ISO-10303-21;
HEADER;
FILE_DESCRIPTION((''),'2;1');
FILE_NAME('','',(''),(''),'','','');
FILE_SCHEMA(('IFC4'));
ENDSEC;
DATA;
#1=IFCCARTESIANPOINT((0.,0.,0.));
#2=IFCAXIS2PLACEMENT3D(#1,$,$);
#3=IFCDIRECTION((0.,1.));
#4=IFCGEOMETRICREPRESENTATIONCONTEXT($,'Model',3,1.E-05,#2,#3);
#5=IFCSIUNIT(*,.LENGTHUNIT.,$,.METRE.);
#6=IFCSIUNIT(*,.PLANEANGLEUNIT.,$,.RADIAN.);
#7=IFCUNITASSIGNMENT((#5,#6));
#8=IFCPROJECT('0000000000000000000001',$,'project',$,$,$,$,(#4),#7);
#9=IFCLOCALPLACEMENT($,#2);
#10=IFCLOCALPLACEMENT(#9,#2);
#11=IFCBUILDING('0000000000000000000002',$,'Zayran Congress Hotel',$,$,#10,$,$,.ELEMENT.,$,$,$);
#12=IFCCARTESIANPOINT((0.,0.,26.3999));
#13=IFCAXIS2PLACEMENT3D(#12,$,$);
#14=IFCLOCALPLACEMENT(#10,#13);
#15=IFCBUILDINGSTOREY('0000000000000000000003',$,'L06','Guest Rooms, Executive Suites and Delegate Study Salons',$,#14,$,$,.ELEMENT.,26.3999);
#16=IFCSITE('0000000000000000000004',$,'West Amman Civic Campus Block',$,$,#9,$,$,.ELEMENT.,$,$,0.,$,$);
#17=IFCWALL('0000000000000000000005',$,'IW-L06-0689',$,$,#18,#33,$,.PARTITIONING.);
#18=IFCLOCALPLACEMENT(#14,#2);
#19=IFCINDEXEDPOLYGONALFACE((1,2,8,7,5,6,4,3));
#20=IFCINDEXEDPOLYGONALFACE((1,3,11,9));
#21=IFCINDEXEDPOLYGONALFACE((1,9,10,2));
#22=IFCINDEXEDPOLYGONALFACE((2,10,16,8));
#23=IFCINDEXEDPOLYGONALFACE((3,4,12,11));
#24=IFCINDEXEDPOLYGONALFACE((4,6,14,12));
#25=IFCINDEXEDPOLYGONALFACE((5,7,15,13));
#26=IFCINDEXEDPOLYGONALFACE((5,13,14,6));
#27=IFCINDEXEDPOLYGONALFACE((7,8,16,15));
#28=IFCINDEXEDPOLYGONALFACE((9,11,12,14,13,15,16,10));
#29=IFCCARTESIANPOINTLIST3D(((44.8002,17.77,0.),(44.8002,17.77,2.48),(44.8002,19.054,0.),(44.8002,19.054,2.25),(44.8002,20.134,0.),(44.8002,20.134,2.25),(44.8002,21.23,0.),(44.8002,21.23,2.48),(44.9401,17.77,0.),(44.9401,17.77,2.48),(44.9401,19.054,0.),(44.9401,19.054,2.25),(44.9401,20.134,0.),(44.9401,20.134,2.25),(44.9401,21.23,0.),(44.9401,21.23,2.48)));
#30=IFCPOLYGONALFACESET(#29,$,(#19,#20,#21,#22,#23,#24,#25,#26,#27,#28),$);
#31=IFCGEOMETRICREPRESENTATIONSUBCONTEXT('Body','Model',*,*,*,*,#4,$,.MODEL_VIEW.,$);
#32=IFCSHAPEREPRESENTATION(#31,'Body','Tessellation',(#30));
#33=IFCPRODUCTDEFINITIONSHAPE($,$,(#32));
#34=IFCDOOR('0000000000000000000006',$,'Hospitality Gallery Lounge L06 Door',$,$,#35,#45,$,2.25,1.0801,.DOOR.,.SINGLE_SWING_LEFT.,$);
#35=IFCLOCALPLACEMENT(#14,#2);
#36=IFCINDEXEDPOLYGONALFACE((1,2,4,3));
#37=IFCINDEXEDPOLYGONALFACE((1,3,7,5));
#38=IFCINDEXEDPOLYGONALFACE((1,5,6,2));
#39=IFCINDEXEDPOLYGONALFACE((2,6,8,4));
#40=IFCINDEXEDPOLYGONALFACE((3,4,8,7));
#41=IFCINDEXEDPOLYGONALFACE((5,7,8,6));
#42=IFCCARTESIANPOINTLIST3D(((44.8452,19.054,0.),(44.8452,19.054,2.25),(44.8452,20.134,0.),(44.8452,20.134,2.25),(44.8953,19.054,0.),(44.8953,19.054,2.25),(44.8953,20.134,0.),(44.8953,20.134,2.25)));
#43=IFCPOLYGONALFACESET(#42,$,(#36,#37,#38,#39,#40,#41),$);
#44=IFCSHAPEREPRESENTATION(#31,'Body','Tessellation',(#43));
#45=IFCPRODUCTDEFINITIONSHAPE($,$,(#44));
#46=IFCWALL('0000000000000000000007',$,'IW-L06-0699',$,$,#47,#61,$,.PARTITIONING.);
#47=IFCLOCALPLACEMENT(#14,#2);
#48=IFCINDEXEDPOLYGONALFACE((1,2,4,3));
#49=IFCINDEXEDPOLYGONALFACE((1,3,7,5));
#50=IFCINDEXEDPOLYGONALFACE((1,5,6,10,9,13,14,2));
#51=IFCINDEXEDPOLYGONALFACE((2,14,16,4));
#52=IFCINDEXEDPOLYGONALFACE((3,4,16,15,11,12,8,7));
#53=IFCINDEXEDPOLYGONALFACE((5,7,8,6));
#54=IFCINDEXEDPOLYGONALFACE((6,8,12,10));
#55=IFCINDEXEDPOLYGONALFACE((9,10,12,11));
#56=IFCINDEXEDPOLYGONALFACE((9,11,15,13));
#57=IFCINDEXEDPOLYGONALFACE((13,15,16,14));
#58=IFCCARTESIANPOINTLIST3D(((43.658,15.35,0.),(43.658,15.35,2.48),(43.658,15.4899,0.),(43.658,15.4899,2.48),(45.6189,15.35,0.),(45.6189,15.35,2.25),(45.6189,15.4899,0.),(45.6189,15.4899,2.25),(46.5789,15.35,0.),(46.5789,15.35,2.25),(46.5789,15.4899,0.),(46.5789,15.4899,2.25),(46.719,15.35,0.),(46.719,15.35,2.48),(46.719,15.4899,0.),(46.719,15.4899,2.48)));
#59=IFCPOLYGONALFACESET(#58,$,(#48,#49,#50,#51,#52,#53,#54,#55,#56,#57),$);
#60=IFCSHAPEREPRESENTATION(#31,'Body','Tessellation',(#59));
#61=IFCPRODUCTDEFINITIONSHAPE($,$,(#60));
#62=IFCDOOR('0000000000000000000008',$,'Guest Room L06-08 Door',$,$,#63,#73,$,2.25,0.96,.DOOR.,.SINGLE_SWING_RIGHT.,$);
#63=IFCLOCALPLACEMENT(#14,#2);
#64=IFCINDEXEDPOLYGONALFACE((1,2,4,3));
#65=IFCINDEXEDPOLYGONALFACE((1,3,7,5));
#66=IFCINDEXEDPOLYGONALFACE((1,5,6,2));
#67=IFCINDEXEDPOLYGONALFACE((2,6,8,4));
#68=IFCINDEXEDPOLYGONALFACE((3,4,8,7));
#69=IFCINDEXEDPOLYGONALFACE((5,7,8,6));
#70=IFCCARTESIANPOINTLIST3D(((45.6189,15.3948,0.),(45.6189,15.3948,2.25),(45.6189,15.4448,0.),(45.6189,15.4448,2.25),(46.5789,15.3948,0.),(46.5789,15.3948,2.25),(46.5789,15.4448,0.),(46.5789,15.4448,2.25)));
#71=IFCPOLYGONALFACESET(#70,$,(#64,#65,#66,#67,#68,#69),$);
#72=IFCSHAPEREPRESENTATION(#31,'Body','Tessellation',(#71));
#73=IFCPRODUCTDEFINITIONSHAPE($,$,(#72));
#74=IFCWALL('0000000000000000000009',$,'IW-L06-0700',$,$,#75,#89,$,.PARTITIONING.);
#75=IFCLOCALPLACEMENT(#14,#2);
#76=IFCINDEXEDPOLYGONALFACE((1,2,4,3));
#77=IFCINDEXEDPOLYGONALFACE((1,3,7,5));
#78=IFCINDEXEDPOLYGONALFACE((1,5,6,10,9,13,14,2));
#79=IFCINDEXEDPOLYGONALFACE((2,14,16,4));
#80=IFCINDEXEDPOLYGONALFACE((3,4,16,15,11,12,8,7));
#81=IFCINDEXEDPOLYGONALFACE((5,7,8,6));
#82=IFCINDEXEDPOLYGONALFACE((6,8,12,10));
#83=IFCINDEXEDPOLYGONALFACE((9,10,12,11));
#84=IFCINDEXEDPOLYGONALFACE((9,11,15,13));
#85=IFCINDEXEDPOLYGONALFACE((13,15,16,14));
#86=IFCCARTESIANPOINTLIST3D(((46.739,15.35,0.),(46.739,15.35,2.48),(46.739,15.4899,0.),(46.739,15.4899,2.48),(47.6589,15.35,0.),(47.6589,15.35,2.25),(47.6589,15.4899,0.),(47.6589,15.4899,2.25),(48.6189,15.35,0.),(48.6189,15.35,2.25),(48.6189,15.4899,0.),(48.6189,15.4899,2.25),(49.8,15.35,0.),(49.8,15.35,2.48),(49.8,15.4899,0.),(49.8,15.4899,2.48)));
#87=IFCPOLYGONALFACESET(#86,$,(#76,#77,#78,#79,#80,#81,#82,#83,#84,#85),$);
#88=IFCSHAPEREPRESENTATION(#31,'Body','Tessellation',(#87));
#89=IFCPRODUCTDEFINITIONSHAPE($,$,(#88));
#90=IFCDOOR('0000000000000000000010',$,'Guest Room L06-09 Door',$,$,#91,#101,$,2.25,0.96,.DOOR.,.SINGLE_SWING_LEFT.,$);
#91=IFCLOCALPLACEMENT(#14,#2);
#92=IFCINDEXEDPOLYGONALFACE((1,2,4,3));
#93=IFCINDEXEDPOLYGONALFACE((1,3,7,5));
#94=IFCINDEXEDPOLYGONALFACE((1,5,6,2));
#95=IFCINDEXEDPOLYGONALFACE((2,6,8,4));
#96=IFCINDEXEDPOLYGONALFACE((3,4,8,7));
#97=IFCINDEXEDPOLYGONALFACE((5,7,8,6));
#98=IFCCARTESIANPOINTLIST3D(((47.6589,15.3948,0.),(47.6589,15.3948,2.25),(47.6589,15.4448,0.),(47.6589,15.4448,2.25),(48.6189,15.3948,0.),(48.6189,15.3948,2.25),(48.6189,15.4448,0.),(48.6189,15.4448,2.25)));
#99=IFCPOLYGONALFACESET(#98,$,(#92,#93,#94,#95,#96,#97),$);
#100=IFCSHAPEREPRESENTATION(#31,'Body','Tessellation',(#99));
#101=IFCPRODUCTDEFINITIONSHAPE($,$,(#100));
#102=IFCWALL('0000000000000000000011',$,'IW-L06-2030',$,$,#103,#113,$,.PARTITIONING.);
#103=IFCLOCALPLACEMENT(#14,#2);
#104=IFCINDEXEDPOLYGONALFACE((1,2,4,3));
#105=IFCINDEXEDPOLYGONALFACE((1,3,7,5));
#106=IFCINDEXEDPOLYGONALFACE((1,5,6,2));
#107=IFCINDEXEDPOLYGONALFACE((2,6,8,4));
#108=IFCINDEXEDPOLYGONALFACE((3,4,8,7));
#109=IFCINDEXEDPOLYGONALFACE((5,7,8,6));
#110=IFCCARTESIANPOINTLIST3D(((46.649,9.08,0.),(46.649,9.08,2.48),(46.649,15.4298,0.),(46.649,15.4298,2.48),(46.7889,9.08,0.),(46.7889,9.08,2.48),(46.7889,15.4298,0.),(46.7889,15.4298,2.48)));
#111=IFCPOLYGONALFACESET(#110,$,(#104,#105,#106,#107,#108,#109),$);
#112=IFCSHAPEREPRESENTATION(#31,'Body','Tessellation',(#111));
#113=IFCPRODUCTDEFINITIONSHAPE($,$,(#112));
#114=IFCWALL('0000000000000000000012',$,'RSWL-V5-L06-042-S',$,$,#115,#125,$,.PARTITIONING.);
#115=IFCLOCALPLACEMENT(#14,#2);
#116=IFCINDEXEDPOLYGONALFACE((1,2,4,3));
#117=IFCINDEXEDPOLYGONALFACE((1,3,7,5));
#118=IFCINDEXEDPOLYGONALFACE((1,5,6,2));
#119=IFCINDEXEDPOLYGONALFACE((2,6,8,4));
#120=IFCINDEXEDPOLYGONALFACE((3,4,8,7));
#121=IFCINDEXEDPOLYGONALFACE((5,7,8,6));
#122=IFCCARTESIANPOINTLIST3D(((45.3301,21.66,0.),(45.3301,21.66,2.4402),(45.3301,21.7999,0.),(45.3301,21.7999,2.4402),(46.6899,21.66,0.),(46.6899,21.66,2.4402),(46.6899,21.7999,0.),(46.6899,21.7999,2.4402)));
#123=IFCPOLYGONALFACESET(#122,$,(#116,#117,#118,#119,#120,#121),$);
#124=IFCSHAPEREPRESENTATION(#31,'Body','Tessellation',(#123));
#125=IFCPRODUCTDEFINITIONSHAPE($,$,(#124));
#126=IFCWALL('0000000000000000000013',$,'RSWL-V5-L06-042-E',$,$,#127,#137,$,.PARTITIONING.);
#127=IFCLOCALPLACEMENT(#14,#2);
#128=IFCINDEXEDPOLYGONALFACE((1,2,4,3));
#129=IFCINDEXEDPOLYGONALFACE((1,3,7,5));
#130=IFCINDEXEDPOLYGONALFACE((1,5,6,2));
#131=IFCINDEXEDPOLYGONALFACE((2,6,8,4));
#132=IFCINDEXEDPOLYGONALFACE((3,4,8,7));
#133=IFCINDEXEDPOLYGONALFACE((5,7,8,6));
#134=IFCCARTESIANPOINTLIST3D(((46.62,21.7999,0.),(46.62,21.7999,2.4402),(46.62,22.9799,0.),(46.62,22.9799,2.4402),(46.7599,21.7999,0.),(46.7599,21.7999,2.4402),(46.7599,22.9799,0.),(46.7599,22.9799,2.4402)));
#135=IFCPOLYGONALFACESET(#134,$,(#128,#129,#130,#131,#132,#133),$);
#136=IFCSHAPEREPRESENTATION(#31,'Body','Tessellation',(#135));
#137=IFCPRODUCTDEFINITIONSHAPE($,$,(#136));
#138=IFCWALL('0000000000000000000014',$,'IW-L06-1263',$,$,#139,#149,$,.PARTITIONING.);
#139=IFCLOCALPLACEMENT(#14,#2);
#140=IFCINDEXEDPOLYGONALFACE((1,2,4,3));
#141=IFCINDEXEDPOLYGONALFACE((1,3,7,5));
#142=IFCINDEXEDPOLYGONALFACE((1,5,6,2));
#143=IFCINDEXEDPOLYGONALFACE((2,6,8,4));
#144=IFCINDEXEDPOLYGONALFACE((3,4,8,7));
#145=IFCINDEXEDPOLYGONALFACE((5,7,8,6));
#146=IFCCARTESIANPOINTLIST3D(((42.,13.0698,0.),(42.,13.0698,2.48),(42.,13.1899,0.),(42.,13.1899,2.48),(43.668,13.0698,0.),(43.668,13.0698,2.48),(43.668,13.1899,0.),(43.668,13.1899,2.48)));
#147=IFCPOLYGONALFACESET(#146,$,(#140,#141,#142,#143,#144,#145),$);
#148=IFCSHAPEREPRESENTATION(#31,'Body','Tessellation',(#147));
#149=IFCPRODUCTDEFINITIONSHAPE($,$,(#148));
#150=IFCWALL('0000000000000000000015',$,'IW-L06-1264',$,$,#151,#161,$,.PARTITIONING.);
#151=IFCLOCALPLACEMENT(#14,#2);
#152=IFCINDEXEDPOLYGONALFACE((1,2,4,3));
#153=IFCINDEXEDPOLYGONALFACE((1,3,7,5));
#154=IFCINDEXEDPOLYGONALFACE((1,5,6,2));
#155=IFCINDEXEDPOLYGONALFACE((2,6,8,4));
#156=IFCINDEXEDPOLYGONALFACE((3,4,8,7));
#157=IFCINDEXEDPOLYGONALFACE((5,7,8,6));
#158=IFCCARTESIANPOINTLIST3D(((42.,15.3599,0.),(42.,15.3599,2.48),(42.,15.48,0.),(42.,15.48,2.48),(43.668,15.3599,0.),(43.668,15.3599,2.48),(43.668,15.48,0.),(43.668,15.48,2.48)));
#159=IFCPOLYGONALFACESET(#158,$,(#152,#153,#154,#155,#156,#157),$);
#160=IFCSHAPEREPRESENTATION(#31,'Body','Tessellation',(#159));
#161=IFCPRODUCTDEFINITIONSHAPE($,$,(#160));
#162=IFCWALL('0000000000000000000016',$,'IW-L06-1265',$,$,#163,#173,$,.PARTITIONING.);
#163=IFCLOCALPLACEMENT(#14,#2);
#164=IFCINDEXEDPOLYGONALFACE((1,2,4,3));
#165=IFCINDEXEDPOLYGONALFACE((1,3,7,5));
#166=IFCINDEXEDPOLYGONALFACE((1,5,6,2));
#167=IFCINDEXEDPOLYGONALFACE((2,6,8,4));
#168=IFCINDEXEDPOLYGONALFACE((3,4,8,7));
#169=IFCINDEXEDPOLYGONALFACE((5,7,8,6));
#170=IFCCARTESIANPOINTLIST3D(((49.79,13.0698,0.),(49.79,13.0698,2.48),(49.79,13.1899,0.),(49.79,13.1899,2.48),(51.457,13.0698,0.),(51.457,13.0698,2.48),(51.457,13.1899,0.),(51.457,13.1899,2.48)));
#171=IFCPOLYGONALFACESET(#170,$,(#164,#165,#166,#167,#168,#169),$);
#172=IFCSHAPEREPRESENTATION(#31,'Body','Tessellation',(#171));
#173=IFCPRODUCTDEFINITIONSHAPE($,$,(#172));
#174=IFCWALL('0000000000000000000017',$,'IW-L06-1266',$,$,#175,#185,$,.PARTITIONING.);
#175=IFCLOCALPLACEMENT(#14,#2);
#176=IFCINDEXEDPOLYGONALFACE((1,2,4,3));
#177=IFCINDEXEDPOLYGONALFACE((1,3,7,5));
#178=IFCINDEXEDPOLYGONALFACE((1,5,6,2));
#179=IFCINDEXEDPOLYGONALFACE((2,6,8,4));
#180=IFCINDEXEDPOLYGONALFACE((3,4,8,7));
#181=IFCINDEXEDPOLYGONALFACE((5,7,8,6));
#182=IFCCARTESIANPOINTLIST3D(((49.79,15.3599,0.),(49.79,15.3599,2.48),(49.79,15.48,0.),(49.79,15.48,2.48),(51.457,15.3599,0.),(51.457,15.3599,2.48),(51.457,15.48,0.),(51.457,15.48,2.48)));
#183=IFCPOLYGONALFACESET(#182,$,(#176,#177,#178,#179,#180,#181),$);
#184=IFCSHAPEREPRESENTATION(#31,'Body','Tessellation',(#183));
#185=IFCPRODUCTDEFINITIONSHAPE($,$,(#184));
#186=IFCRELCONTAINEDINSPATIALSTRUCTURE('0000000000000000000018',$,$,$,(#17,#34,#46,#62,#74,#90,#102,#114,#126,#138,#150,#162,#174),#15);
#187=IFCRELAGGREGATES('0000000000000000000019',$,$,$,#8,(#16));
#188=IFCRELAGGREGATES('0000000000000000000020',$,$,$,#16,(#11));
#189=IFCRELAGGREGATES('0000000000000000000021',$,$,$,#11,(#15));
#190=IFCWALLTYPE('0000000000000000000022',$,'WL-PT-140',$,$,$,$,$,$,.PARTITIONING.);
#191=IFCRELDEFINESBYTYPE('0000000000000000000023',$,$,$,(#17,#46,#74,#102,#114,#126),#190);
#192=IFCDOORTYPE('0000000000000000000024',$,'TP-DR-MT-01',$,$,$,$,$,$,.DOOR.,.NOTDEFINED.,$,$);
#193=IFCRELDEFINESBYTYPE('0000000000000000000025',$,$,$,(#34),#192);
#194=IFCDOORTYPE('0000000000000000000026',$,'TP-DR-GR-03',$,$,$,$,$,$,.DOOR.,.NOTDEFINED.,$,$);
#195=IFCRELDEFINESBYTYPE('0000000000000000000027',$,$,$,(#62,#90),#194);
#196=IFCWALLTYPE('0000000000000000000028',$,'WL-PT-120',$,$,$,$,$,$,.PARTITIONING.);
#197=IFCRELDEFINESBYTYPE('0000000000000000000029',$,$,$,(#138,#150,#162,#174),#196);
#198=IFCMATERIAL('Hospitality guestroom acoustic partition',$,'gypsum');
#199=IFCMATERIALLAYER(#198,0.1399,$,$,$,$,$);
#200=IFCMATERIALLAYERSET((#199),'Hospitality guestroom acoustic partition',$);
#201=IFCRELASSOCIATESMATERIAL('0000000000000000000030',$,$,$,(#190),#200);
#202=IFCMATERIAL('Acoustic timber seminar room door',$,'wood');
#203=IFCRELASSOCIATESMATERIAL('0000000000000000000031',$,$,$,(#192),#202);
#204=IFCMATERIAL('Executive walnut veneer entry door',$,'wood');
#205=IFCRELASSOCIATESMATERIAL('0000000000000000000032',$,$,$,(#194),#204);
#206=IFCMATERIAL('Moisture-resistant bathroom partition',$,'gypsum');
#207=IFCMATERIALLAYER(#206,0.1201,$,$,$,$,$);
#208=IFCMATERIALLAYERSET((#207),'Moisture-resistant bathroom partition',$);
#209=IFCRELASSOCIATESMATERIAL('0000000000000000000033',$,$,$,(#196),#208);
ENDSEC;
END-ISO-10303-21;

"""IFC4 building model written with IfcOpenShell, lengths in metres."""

from ifc_helpers import new_model, si_unit, direction, frame, frame_2d, origin, place, context, subcontext, project, spatial, rectangle, extrude, material, layer, layer_set, type_object, element, fill, save


model = new_model("IFC4")

# Units and contexts
model_context = context("Model", 3, precision=1e-05, world=origin(), true_north=direction((0.0, 1.0)))
body_context = subcontext(model_context, "Body", "Model", "MODEL_VIEW")
ifc_project = project(units=[si_unit("LENGTHUNIT", "METRE"), si_unit("PLANEANGLEUNIT", "RADIAN")], contexts=[model_context])

# Site, building, storey
site_placement = place(None, origin())
site = spatial("IfcSite", under=ifc_project, at=site_placement, Name="West Amman Civic Campus Block", CompositionType="ELEMENT", RefElevation=0.0)
building_placement = place(site_placement, origin())
building = spatial("IfcBuilding", under=site, at=building_placement, Name="Zayran Congress Hotel", CompositionType="ELEMENT")
storey_placement = place(building_placement, frame((0.0, 0.0, 26.3999)))
storey = spatial("IfcBuildingStorey", under=building, at=storey_placement, Name="L06", Description="Guest Rooms, Executive Suites and Delegate Study Salons", CompositionType="ELEMENT", Elevation=26.3999)

# Walls, openings, doors
ifc_material_1 = material(Name="Hospitality guestroom acoustic partition", Category="gypsum")
ifc_layer_1 = layer(ifc_material_1, 0.1399)
ifc_layer_set_1 = layer_set([ifc_layer_1], Name="Hospitality guestroom acoustic partition")
wall_type_1 = type_object("IfcWallType", Name="WL-PT-140", PredefinedType="PARTITIONING", material=ifc_layer_set_1)
wall_1_placement = place(storey_placement, frame((44.8701, 17.77, 0.0), z_axis=(0.0, 0.0, 1.0), x_axis=(0.0, 1.0, 0.0)))
wall_1 = element("IfcWall", 1, at=wall_1_placement, inside=storey, type_object=wall_type_1, Name="IW-L06-0689", PredefinedType="PARTITIONING", context=body_context, shape_type="SweptSolid", body=[
    extrude(rectangle(XDim=3.46, YDim=0.1399, at=frame_2d((1.73, 0.0))), origin(), (0.0, 0.0, 1.0), 2.48),
])
opening_1_placement = place(wall_1_placement, frame((1.2839, 0.0, 0.0)))
opening_1 = element("IfcOpeningElement", 2, at=opening_1_placement, cuts=wall_1, PredefinedType="OPENING", context=body_context, shape_type="SweptSolid", body=[
    extrude(rectangle(XDim=1.0801, YDim=2.25, at=frame_2d((0.54, 1.125))), frame((0.0, 0.0798, 0.0), z_axis=(0.0, -1.0, 0.0), x_axis=(1.0, 0.0, 0.0)), (0.0, 0.0, 1.0), 0.1599),
])
ifc_material_2 = material(Name="Acoustic timber seminar room door", Category="wood")
door_type_1 = type_object("IfcDoorType", Name="TP-DR-MT-01", OperationType="NOTDEFINED", PredefinedType="DOOR", material=ifc_material_2)
door_1_placement = place(opening_1_placement, origin())
door_1 = element("IfcDoor", 3, at=door_1_placement, inside=storey, type_object=door_type_1, Name="Hospitality Gallery Lounge L06 Door", OperationType="SINGLE_SWING_LEFT", OverallHeight=2.25, OverallWidth=1.0801, PredefinedType="DOOR", context=body_context, shape_type="SweptSolid", body=[
    extrude(rectangle(XDim=1.0801, YDim=2.25, at=frame_2d((0.54, 1.125))), frame((0.0, 0.0249, 0.0), z_axis=(0.0, -1.0, 0.0), x_axis=(1.0, 0.0, 0.0)), (0.0, 0.0, 1.0), 0.05),
])
fill(opening_1, door_1)
wall_2_placement = place(storey_placement, frame((43.658, 15.4199, 0.0), z_axis=(0.0, 0.0, 1.0), x_axis=(1.0, 0.0, 0.0)))
wall_2 = element("IfcWall", 4, at=wall_2_placement, inside=storey, type_object=wall_type_1, Name="IW-L06-0699", PredefinedType="PARTITIONING", context=body_context, shape_type="SweptSolid", body=[
    extrude(rectangle(XDim=3.061, YDim=0.1399, at=frame_2d((1.5305, 0.0))), origin(), (0.0, 0.0, 1.0), 2.48),
])
opening_2_placement = place(wall_2_placement, frame((1.9609, 0.0, 0.0)))
opening_2 = element("IfcOpeningElement", 5, at=opening_2_placement, cuts=wall_2, PredefinedType="OPENING", context=body_context, shape_type="SweptSolid", body=[
    extrude(rectangle(XDim=0.96, YDim=2.25, at=frame_2d((0.48, 1.125))), frame((0.0, 0.0798, 0.0), z_axis=(0.0, -1.0, 0.0), x_axis=(1.0, 0.0, 0.0)), (0.0, 0.0, 1.0), 0.1599),
])
ifc_material_3 = material(Name="Executive walnut veneer entry door", Category="wood")
door_type_2 = type_object("IfcDoorType", Name="TP-DR-GR-03", OperationType="NOTDEFINED", PredefinedType="DOOR", material=ifc_material_3)
door_2_placement = place(opening_2_placement, origin())
door_2 = element("IfcDoor", 6, at=door_2_placement, inside=storey, type_object=door_type_2, Name="Guest Room L06-08 Door", OperationType="SINGLE_SWING_RIGHT", OverallHeight=2.25, OverallWidth=0.96, PredefinedType="DOOR", context=body_context, shape_type="SweptSolid", body=[
    extrude(rectangle(XDim=0.96, YDim=2.25, at=frame_2d((0.48, 1.125))), frame((0.0, 0.0249, 0.0), z_axis=(0.0, -1.0, 0.0), x_axis=(1.0, 0.0, 0.0)), (0.0, 0.0, 1.0), 0.05),
])
fill(opening_2, door_2)
wall_3_placement = place(storey_placement, frame((46.739, 15.4199, 0.0), z_axis=(0.0, 0.0, 1.0), x_axis=(1.0, 0.0, 0.0)))
wall_3 = element("IfcWall", 7, at=wall_3_placement, inside=storey, type_object=wall_type_1, Name="IW-L06-0700", PredefinedType="PARTITIONING", context=body_context, shape_type="SweptSolid", body=[
    extrude(rectangle(XDim=3.061, YDim=0.1399, at=frame_2d((1.5305, 0.0))), origin(), (0.0, 0.0, 1.0), 2.48),
])
opening_3_placement = place(wall_3_placement, frame((0.9199, 0.0, 0.0)))
opening_3 = element("IfcOpeningElement", 8, at=opening_3_placement, cuts=wall_3, PredefinedType="OPENING", context=body_context, shape_type="SweptSolid", body=[
    extrude(rectangle(XDim=0.96, YDim=2.25, at=frame_2d((0.48, 1.125))), frame((0.0, 0.0798, 0.0), z_axis=(0.0, -1.0, 0.0), x_axis=(1.0, 0.0, 0.0)), (0.0, 0.0, 1.0), 0.1599),
])
door_3_placement = place(opening_3_placement, origin())
door_3 = element("IfcDoor", 9, at=door_3_placement, inside=storey, type_object=door_type_2, Name="Guest Room L06-09 Door", OperationType="SINGLE_SWING_LEFT", OverallHeight=2.25, OverallWidth=0.96, PredefinedType="DOOR", context=body_context, shape_type="SweptSolid", body=[
    extrude(rectangle(XDim=0.96, YDim=2.25, at=frame_2d((0.48, 1.125))), frame((0.0, 0.0249, 0.0), z_axis=(0.0, -1.0, 0.0), x_axis=(1.0, 0.0, 0.0)), (0.0, 0.0, 1.0), 0.05),
])
fill(opening_3, door_3)

# Walls
wall_4_placement = place(storey_placement, frame((46.719, 9.0801, 0.0), z_axis=(0.0, 0.0, 1.0), x_axis=(0.0, 1.0, 0.0)))
element("IfcWall", 10, at=wall_4_placement, inside=storey, type_object=wall_type_1, Name="IW-L06-2030", PredefinedType="PARTITIONING", context=body_context, shape_type="SweptSolid", body=[
    extrude(rectangle(XDim=6.3499, YDim=0.1399, at=frame_2d((3.1748, 0.0))), origin(), (0.0, 0.0, 1.0), 2.48),
])
wall_5_placement = place(storey_placement, frame((45.3301, 21.73, 0.0), z_axis=(0.0, 0.0, 1.0), x_axis=(1.0, 0.0, 0.0)))
element("IfcWall", 11, at=wall_5_placement, inside=storey, type_object=wall_type_1, Name="RSWL-V5-L06-042-S", PredefinedType="PARTITIONING", context=body_context, shape_type="SweptSolid", body=[
    extrude(rectangle(XDim=1.3599, YDim=0.1399, at=frame_2d((0.6799, 0.0))), origin(), (0.0, 0.0, 1.0), 2.4402),
])
wall_6_placement = place(storey_placement, frame((46.6899, 21.8, 0.0), z_axis=(0.0, 0.0, 1.0), x_axis=(0.0, 1.0, 0.0)))
element("IfcWall", 12, at=wall_6_placement, inside=storey, type_object=wall_type_1, Name="RSWL-V5-L06-042-E", PredefinedType="PARTITIONING", context=body_context, shape_type="SweptSolid", body=[
    extrude(rectangle(XDim=1.1799, YDim=0.1399, at=frame_2d((0.5898, 0.0))), origin(), (0.0, 0.0, 1.0), 2.4402),
])

# Shared definitions
ifc_material_4 = material(Name="Moisture-resistant bathroom partition", Category="gypsum")
ifc_layer_2 = layer(ifc_material_4, 0.1201)
ifc_layer_set_2 = layer_set([ifc_layer_2], Name="Moisture-resistant bathroom partition")
wall_type_2 = type_object("IfcWallType", Name="WL-PT-120", PredefinedType="PARTITIONING", material=ifc_layer_set_2)

# Walls
for number, where, z_axis, x_axis, name in (
    (13, (42.0, 13.1299, 0.0), (0.0, 0.0, 1.0), (1.0, 0.0, 0.0), "IW-L06-1263"),
    (14, (42.0, 15.4199, 0.0), (0.0, 0.0, 1.0), (1.0, 0.0, 0.0), "IW-L06-1264"),
):
    element("IfcWall", number, at=place(storey_placement, frame(where, z_axis=z_axis, x_axis=x_axis)), inside=storey, type_object=wall_type_2, Name=name, PredefinedType="PARTITIONING", context=body_context, shape_type="SweptSolid", body=[
        extrude(rectangle(XDim=1.668, YDim=0.1201, at=frame_2d((0.834, 0.0))), origin(), (0.0, 0.0, 1.0), 2.48),
    ])
for number, where, z_axis, x_axis, name in (
    (15, (49.79, 13.1299, 0.0), (0.0, 0.0, 1.0), (1.0, 0.0, 0.0), "IW-L06-1265"),
    (16, (49.79, 15.4199, 0.0), (0.0, 0.0, 1.0), (1.0, 0.0, 0.0), "IW-L06-1266"),
):
    element("IfcWall", number, at=place(storey_placement, frame(where, z_axis=z_axis, x_axis=x_axis)), inside=storey, type_object=wall_type_2, Name=name, PredefinedType="PARTITIONING", context=body_context, shape_type="SweptSolid", body=[
        extrude(rectangle(XDim=1.667, YDim=0.1201, at=frame_2d((0.8335, 0.0))), origin(), (0.0, 0.0, 1.0), 2.48),
    ])

save(model, "model.ifc")
